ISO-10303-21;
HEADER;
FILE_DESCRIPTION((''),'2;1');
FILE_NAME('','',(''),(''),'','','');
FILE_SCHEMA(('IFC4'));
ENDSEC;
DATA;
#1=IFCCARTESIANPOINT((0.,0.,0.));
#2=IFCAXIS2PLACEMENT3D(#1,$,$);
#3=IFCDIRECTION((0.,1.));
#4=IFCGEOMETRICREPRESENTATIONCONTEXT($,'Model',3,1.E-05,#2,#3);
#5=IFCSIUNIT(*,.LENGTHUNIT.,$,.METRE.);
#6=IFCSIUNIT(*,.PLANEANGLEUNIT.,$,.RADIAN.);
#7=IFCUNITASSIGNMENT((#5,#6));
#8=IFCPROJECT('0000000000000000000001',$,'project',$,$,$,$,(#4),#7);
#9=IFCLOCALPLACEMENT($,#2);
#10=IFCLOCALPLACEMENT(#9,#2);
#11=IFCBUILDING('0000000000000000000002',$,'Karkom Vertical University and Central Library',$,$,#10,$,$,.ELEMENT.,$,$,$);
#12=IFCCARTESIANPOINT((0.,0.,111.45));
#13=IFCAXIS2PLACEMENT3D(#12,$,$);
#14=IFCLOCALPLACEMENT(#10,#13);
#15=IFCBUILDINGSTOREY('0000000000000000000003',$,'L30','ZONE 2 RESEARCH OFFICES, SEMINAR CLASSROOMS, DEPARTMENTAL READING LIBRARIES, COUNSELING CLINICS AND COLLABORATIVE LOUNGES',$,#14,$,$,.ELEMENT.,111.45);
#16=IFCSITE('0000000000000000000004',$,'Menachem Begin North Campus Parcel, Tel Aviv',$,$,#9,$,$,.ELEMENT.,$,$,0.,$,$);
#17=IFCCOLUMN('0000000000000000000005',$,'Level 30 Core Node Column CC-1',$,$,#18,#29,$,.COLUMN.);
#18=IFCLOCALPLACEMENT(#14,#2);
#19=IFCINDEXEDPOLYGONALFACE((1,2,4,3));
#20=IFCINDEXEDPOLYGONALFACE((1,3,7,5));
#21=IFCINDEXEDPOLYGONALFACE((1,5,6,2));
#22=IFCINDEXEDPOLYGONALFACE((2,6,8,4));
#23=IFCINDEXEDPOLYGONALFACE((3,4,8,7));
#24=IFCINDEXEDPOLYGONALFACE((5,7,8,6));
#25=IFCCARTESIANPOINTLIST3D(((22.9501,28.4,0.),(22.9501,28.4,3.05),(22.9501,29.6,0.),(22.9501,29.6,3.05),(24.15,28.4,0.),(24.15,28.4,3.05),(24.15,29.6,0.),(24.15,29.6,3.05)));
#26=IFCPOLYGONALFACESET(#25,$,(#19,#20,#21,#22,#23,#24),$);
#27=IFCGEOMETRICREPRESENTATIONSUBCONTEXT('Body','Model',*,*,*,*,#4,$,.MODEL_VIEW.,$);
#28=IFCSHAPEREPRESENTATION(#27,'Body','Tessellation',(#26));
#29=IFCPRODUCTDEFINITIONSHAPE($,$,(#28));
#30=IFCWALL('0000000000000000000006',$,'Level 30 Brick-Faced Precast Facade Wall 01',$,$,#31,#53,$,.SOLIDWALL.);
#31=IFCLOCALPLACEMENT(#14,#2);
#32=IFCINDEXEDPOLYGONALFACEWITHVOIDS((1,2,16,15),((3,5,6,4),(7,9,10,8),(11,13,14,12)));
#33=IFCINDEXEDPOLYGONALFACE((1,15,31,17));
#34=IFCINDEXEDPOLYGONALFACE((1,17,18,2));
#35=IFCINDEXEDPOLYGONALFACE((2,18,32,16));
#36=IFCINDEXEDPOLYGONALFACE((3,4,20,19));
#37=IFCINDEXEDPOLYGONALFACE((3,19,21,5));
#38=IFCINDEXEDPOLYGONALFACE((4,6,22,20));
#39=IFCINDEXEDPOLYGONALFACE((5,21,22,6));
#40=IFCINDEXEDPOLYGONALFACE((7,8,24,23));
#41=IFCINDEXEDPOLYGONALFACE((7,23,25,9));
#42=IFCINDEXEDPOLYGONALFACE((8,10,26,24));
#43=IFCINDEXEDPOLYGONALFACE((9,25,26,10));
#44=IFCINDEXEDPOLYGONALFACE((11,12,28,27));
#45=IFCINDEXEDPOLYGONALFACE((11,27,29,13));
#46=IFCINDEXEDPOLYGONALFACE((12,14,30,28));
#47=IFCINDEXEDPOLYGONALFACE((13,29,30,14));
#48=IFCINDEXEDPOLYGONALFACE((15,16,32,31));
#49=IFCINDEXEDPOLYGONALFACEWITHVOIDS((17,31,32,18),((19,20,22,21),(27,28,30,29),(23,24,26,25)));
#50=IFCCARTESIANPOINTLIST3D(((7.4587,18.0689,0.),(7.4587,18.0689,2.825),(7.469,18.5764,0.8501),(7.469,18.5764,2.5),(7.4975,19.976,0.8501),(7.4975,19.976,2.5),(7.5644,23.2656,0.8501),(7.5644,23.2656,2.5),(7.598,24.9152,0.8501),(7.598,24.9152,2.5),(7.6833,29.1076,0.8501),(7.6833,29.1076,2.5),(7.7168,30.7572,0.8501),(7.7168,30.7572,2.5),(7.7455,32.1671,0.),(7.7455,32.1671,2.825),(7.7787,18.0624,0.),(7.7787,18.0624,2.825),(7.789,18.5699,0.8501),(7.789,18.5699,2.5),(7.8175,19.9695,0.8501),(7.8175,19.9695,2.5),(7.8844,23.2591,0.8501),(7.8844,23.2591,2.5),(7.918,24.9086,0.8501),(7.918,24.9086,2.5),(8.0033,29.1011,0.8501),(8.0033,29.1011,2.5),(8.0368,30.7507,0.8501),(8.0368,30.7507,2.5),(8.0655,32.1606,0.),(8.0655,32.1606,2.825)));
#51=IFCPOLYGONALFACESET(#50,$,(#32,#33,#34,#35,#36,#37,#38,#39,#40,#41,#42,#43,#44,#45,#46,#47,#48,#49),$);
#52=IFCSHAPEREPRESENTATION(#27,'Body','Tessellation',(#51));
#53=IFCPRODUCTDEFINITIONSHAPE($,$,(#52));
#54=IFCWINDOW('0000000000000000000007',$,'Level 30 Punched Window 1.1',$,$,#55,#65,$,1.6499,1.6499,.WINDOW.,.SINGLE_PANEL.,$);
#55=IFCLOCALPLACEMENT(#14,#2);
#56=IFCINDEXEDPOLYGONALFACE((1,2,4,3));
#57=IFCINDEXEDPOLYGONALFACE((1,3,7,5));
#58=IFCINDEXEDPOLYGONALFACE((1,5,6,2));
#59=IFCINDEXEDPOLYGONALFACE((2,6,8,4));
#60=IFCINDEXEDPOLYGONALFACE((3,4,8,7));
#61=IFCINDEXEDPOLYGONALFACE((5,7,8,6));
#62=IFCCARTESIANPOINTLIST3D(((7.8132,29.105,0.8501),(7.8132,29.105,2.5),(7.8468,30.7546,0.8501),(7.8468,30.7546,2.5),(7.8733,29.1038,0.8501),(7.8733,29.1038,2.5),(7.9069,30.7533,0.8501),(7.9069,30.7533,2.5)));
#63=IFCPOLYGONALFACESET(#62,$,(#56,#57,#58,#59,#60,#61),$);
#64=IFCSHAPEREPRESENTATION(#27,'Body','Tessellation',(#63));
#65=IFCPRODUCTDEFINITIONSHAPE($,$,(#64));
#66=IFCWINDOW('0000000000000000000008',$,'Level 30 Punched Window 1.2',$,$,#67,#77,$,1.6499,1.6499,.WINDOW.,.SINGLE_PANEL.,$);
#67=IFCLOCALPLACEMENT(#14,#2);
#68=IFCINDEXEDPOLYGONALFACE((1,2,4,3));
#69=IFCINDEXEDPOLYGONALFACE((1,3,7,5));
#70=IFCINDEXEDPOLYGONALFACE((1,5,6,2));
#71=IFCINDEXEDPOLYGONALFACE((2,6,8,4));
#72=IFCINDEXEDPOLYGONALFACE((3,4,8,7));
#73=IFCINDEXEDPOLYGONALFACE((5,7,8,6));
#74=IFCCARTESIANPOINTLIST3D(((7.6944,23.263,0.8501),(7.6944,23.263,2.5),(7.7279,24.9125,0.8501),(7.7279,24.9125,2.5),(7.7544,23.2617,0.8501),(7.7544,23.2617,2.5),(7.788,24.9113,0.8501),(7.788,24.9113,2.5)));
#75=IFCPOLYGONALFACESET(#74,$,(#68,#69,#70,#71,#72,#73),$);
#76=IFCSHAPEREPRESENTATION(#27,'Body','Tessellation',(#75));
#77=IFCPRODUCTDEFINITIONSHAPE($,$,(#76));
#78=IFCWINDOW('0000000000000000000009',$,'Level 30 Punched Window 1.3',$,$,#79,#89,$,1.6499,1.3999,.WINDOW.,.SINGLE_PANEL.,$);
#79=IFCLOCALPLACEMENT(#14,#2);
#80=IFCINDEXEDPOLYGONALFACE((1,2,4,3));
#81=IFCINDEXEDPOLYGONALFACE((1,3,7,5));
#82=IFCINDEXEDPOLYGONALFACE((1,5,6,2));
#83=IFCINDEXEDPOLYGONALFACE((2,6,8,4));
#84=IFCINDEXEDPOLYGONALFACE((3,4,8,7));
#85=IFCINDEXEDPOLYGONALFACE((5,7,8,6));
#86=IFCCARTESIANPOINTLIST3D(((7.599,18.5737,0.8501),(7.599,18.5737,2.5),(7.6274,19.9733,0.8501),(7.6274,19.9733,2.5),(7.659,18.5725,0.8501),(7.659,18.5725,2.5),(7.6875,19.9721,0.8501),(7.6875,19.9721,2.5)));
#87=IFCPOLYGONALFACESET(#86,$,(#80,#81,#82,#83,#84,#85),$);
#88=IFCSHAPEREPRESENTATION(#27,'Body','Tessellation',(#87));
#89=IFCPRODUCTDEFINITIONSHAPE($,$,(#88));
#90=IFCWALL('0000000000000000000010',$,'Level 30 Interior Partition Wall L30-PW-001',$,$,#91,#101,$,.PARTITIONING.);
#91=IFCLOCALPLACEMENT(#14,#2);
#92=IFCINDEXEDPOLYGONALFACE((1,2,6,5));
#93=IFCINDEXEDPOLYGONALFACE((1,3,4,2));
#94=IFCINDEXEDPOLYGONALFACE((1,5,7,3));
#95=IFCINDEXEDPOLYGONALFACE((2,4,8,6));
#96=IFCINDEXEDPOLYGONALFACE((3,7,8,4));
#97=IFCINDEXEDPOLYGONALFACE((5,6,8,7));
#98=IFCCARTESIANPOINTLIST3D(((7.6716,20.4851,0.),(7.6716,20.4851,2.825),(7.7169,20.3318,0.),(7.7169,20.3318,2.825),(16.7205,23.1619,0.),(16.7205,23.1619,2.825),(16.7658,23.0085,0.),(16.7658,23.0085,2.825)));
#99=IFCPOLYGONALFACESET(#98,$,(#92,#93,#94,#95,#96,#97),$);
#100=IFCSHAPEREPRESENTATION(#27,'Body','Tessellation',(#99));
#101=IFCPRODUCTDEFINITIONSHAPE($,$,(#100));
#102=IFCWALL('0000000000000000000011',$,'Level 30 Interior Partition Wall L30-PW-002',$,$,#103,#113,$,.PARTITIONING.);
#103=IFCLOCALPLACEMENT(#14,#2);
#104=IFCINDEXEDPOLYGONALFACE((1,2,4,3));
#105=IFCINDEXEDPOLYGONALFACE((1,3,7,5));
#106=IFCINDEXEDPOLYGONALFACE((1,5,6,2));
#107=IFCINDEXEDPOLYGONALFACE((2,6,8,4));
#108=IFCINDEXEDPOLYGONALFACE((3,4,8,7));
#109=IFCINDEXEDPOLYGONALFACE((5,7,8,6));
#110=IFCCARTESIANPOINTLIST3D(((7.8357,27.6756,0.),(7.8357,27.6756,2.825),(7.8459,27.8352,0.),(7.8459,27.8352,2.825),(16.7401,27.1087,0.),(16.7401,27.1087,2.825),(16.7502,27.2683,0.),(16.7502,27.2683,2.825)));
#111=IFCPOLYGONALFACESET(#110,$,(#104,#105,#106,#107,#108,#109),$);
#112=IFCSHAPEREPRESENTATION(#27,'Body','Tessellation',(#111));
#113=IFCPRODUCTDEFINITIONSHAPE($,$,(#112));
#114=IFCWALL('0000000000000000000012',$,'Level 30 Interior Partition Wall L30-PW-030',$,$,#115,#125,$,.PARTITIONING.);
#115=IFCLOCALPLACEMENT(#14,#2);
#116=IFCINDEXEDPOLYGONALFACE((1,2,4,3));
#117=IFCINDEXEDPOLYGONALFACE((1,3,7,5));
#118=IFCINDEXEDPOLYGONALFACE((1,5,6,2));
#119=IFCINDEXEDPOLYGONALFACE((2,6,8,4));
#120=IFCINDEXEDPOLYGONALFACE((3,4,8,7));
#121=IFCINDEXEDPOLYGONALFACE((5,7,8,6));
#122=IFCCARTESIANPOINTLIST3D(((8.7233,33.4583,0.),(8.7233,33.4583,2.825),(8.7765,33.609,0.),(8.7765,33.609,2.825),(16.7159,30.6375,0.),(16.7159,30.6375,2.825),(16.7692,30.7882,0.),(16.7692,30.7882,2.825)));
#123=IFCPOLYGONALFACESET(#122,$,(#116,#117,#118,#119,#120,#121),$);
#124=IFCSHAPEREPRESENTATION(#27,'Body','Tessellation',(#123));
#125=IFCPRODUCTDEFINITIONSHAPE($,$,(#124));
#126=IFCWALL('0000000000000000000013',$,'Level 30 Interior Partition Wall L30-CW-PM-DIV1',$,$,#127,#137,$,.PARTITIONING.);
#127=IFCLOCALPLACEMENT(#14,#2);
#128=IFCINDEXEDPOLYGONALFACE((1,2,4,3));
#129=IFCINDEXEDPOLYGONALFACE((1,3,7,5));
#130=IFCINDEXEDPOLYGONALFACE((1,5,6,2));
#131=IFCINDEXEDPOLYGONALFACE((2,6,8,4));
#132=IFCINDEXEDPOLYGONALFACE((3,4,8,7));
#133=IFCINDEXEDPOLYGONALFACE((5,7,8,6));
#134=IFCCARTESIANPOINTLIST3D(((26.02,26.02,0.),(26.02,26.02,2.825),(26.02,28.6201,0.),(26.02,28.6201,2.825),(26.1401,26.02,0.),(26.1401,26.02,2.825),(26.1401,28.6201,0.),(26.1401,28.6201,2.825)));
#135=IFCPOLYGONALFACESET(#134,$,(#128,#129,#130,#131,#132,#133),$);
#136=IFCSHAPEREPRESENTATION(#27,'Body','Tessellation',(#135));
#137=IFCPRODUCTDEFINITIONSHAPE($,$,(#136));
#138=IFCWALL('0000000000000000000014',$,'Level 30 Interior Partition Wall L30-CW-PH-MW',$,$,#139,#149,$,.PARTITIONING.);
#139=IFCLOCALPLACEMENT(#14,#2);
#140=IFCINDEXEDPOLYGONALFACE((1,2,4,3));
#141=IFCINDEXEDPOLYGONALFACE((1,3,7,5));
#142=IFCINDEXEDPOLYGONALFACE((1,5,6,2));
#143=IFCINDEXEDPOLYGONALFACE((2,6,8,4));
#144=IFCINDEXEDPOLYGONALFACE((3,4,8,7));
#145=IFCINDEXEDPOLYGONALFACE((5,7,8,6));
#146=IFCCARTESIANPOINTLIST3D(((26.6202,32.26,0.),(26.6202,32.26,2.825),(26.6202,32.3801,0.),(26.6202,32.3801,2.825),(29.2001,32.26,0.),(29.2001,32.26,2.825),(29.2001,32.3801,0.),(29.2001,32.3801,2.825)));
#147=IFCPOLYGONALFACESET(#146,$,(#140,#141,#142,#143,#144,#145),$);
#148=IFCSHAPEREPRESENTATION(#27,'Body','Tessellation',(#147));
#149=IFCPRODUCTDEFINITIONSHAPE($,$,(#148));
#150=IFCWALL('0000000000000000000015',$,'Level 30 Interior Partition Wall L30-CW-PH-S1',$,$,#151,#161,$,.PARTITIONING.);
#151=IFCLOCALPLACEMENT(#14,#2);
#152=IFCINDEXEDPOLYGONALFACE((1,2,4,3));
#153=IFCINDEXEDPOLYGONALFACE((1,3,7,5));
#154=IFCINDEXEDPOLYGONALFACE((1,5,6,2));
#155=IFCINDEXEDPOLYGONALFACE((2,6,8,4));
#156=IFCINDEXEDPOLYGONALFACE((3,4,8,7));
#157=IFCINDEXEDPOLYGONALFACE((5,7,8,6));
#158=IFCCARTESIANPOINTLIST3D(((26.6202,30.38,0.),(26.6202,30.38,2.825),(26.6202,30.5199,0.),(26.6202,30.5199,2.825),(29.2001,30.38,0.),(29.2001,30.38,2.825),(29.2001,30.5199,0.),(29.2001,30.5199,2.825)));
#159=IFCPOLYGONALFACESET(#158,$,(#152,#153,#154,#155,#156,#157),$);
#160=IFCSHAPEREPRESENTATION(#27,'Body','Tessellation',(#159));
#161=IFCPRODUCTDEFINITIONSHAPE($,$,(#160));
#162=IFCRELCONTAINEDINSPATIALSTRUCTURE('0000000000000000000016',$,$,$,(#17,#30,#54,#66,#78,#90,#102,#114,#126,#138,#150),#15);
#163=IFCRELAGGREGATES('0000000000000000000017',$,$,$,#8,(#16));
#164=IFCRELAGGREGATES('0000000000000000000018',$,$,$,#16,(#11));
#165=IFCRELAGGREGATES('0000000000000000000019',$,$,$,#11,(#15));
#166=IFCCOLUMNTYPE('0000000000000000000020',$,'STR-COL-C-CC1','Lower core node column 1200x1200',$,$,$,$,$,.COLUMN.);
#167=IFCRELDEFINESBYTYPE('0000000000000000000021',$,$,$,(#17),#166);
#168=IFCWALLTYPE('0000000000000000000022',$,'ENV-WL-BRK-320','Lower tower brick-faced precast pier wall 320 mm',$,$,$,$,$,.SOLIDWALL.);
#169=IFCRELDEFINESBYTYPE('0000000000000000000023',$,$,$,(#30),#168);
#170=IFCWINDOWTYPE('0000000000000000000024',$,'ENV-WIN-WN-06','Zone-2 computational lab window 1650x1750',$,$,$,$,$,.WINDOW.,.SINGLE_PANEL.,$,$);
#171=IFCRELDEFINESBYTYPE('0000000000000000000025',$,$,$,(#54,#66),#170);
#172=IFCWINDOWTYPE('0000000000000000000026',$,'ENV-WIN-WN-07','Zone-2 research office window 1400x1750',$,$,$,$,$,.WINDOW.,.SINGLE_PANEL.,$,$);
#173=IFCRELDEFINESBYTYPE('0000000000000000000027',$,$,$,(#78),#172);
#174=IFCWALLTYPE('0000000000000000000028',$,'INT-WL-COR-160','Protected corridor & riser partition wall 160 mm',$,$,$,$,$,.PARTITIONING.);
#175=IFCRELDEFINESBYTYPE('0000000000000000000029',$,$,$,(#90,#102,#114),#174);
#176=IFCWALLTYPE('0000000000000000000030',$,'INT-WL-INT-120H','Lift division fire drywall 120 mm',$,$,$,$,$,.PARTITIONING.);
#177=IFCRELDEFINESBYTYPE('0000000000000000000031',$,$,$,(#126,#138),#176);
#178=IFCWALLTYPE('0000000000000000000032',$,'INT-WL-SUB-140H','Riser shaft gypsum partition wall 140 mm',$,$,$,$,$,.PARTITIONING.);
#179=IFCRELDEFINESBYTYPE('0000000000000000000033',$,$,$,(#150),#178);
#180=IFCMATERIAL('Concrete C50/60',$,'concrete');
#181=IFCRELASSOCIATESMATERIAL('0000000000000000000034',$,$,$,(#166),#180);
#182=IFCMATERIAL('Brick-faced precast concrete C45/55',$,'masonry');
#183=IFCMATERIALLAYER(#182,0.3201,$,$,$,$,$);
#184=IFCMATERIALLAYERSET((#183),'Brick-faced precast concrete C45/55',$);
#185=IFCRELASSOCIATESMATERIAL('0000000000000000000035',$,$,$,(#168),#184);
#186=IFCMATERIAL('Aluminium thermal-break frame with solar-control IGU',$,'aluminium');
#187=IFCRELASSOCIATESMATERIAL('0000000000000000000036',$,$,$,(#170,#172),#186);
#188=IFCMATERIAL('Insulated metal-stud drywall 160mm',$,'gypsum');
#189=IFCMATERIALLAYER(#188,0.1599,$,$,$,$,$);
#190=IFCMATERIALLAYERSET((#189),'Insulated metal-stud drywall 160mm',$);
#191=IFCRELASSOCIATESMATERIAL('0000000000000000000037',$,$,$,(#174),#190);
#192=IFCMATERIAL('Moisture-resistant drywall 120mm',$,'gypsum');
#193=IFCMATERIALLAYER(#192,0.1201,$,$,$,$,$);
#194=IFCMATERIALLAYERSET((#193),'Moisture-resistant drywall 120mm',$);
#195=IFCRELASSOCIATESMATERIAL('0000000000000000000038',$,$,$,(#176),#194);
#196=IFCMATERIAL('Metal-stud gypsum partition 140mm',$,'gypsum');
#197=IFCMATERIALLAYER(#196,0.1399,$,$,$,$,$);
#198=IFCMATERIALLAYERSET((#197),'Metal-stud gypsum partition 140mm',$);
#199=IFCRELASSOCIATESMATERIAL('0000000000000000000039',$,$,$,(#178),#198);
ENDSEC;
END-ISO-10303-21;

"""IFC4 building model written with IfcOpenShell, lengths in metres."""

from ifc_helpers import new_model, si_unit, direction, frame, frame_2d, origin, origin_with_axes, origin_2d, place, context, subcontext, project, spatial, rectangle, extrude, source, transform, mapped, material, layer, layer_set, material_profile, profile_set, type_object, element, fill, save


model = new_model("IFC4")

# Units and contexts
model_context = context("Model", 3, precision=1e-05, world=origin(), true_north=direction((0.0, 1.0)))
body_context = subcontext(model_context, "Body", "Model", "MODEL_VIEW")
ifc_project = project(units=[si_unit("LENGTHUNIT", "METRE"), si_unit("PLANEANGLEUNIT", "RADIAN")], contexts=[model_context])

# Site, building, storey
site_placement = place(None, origin())
site = spatial("IfcSite", under=ifc_project, at=site_placement, Name="Menachem Begin North Campus Parcel, Tel Aviv", CompositionType="ELEMENT", RefElevation=0.0)
building_placement = place(site_placement, origin())
building = spatial("IfcBuilding", under=site, at=building_placement, Name="Karkom Vertical University and Central Library", CompositionType="ELEMENT")
storey_placement = place(building_placement, frame((0.0, 0.0, 111.45)))
storey = spatial("IfcBuildingStorey", under=building, at=storey_placement, Name="L30", Description="ZONE 2 RESEARCH OFFICES, SEMINAR CLASSROOMS, DEPARTMENTAL READING LIBRARIES, COUNSELING CLINICS AND COLLABORATIVE LOUNGES", CompositionType="ELEMENT", Elevation=111.45)

# Column
ifc_material_1 = material(Name="Concrete C50/60", Category="concrete")
ifc_material_profile = material_profile(ifc_material_1, rectangle(XDim=1.2, YDim=1.2, at=origin_2d()), Name="RC-1200x1200")
ifc_profile_set = profile_set([ifc_material_profile], Name="Concrete C50/60")
column_type = type_object("IfcColumnType", Name="STR-COL-C-CC1", Description="Lower core node column 1200x1200", PredefinedType="COLUMN", material=ifc_profile_set)
shared_shape_1 = source(origin_with_axes(), body_context, "Body", "SweptSolid", [
    extrude(rectangle(XDim=1.2, YDim=1.2, at=origin_2d()), origin(), (0.0, 0.0, 1.0), 3.05),
])
column_placement = place(storey_placement, frame((23.55, 29.0, 0.0), z_axis=(0.0, 0.0, 1.0), x_axis=(1.0, 0.0, 0.0)))
element("IfcColumn", 1, at=column_placement, inside=storey, type_object=column_type, Name="Level 30 Core Node Column CC-1", PredefinedType="COLUMN", context=body_context, shape_type="MappedRepresentation", body=[
    mapped(shared_shape_1, transform((0.0, 0.0, 0.0), scale=1.0)),
])

# Wall, openings, windows
ifc_material_2 = material(Name="Brick-faced precast concrete C45/55", Category="masonry")
ifc_layer_1 = layer(ifc_material_2, 0.3201)
ifc_layer_set_1 = layer_set([ifc_layer_1], Name="Brick-faced precast concrete C45/55")
wall_type_1 = type_object("IfcWallType", Name="ENV-WL-BRK-320", Description="Lower tower brick-faced precast pier wall 320 mm", PredefinedType="SOLIDWALL", material=ifc_layer_set_1)
wall_1_placement = place(storey_placement, frame((7.9055, 32.1638, 0.0), z_axis=(0.0, 0.0, 1.0), x_axis=(-0.020344, -0.999793, 0.0)))
wall_1 = element("IfcWall", 2, at=wall_1_placement, inside=storey, type_object=wall_type_1, Name="Level 30 Brick-Faced Precast Facade Wall 01", PredefinedType="SOLIDWALL", context=body_context, shape_type="SweptSolid", body=[
    extrude(rectangle(XDim=14.1011, YDim=0.3201, at=frame_2d((7.0505, 0.0))), origin(), (0.0, 0.0, 1.0), 2.825),
])
opening_1_placement = place(wall_1_placement, frame((1.4102, 0.0, 0.8501)))
opening_1 = element("IfcOpeningElement", 3, at=opening_1_placement, cuts=wall_1, PredefinedType="OPENING", context=body_context, shape_type="SweptSolid", body=[
    extrude(rectangle(XDim=1.6499, YDim=1.6499, at=frame_2d((0.825, 0.825))), frame((0.0, 0.1699, 0.0), z_axis=(0.0, -1.0, 0.0), x_axis=(1.0, 0.0, 0.0)), (0.0, 0.0, 1.0), 0.3401),
])
opening_2_placement = place(wall_1_placement, frame((7.2534, 0.0, 0.8501)))
opening_2 = element("IfcOpeningElement", 4, at=opening_2_placement, cuts=wall_1, PredefinedType="OPENING", context=body_context, shape_type="SweptSolid", body=[
    extrude(rectangle(XDim=1.6499, YDim=1.6499, at=frame_2d((0.825, 0.825))), frame((0.0, 0.1699, 0.0), z_axis=(0.0, -1.0, 0.0), x_axis=(1.0, 0.0, 0.0)), (0.0, 0.0, 1.0), 0.3401),
])
opening_3_placement = place(wall_1_placement, frame((12.1936, 0.0, 0.8501)))
opening_3 = element("IfcOpeningElement", 5, at=opening_3_placement, cuts=wall_1, PredefinedType="OPENING", context=body_context, shape_type="SweptSolid", body=[
    extrude(rectangle(XDim=1.3999, YDim=1.6499, at=frame_2d((0.7, 0.825))), frame((0.0, 0.1699, 0.0), z_axis=(0.0, -1.0, 0.0), x_axis=(1.0, 0.0, 0.0)), (0.0, 0.0, 1.0), 0.3401),
])
ifc_material_3 = material(Name="Aluminium thermal-break frame with solar-control IGU", Category="aluminium")
window_type_1 = type_object("IfcWindowType", Name="ENV-WIN-WN-06", Description="Zone-2 computational lab window 1650x1750", PartitioningType="SINGLE_PANEL", PredefinedType="WINDOW", material=ifc_material_3)
shared_shape_2 = source(origin_with_axes(), body_context, "Body", "SweptSolid", [
    extrude(rectangle(XDim=1.6499, YDim=1.6499, at=frame_2d((0.825, 0.825))), frame((0.0, 0.03, 0.0), z_axis=(0.0, -1.0, 0.0), x_axis=(1.0, 0.0, 0.0)), (0.0, 0.0, 1.0), 0.0601),
])
window_1_placement = place(opening_1_placement, origin())
window_1 = element("IfcWindow", 6, at=window_1_placement, inside=storey, type_object=window_type_1, Name="Level 30 Punched Window 1.1", OverallHeight=1.6499, OverallWidth=1.6499, PartitioningType="SINGLE_PANEL", PredefinedType="WINDOW", context=body_context, shape_type="MappedRepresentation", body=[
    mapped(shared_shape_2, transform((0.0, 0.0, 0.0), scale=1.0)),
])
fill(opening_1, window_1)
window_2_placement = place(opening_2_placement, origin())
window_2 = element("IfcWindow", 7, at=window_2_placement, inside=storey, type_object=window_type_1, Name="Level 30 Punched Window 1.2", OverallHeight=1.6499, OverallWidth=1.6499, PartitioningType="SINGLE_PANEL", PredefinedType="WINDOW", context=body_context, shape_type="MappedRepresentation", body=[
    mapped(shared_shape_2, transform((0.0, 0.0, 0.0), scale=1.0)),
])
fill(opening_2, window_2)
window_type_2 = type_object("IfcWindowType", Name="ENV-WIN-WN-07", Description="Zone-2 research office window 1400x1750", PartitioningType="SINGLE_PANEL", PredefinedType="WINDOW", material=ifc_material_3)
shared_shape_3 = source(origin_with_axes(), body_context, "Body", "SweptSolid", [
    extrude(rectangle(XDim=1.3999, YDim=1.6499, at=frame_2d((0.7, 0.825))), frame((0.0, 0.03, 0.0), z_axis=(0.0, -1.0, 0.0), x_axis=(1.0, 0.0, 0.0)), (0.0, 0.0, 1.0), 0.0601),
])
window_3_placement = place(opening_3_placement, origin())
window_3 = element("IfcWindow", 8, at=window_3_placement, inside=storey, type_object=window_type_2, Name="Level 30 Punched Window 1.3", OverallHeight=1.6499, OverallWidth=1.3999, PartitioningType="SINGLE_PANEL", PredefinedType="WINDOW", context=body_context, shape_type="MappedRepresentation", body=[
    mapped(shared_shape_3, transform((0.0, 0.0, 0.0), scale=1.0)),
])
fill(opening_3, window_3)

# Walls
ifc_material_4 = material(Name="Insulated metal-stud drywall 160mm", Category="gypsum")
ifc_layer_2 = layer(ifc_material_4, 0.1599)
ifc_layer_set_2 = layer_set([ifc_layer_2], Name="Insulated metal-stud drywall 160mm")
wall_type_2 = type_object("IfcWallType", Name="INT-WL-COR-160", Description="Protected corridor & riser partition wall 160 mm", PredefinedType="PARTITIONING", material=ifc_layer_set_2)
wall_2_placement = place(storey_placement, frame((16.7432, 23.0852, 0.0), z_axis=(0.0, 0.0, 1.0), x_axis=(-0.958924, -0.283662, 0.0)))
element("IfcWall", 9, at=wall_2_placement, inside=storey, type_object=wall_type_2, Name="Level 30 Interior Partition Wall L30-PW-001", PredefinedType="PARTITIONING", context=body_context, shape_type="SweptSolid", body=[
    extrude(rectangle(XDim=9.4365, YDim=0.1599, at=frame_2d((4.7183, 0.0))), origin(), (0.0, 0.0, 1.0), 2.825),
])
wall_3_placement = place(storey_placement, frame((7.8408, 27.7554, 0.0), z_axis=(0.0, 0.0, 1.0), x_axis=(0.99798, -0.063537, 0.0)))
element("IfcWall", 10, at=wall_3_placement, inside=storey, type_object=wall_type_2, Name="Level 30 Interior Partition Wall L30-PW-002", PredefinedType="PARTITIONING", context=body_context, shape_type="SweptSolid", body=[
    extrude(rectangle(XDim=8.9224, YDim=0.1599, at=frame_2d((4.4612, 0.0))), origin(), (0.0, 0.0, 1.0), 2.825),
])
wall_4_placement = place(storey_placement, frame((16.7424, 30.7129, 0.0), z_axis=(0.0, 0.0, 1.0), x_axis=(-0.942996, 0.332805, 0.0)))
element("IfcWall", 11, at=wall_4_placement, inside=storey, type_object=wall_type_2, Name="Level 30 Interior Partition Wall L30-PW-030", PredefinedType="PARTITIONING", context=body_context, shape_type="SweptSolid", body=[
    extrude(rectangle(XDim=8.4758, YDim=0.1599, at=frame_2d((4.2378, 0.0))), origin(), (0.0, 0.0, 1.0), 2.825),
])
ifc_material_5 = material(Name="Moisture-resistant drywall 120mm", Category="gypsum")
ifc_layer_3 = layer(ifc_material_5, 0.1201)
ifc_layer_set_3 = layer_set([ifc_layer_3], Name="Moisture-resistant drywall 120mm")
wall_type_3 = type_object("IfcWallType", Name="INT-WL-INT-120H", Description="Lift division fire drywall 120 mm", PredefinedType="PARTITIONING", material=ifc_layer_set_3)
wall_5_placement = place(storey_placement, frame((26.0801, 26.02, 0.0), z_axis=(0.0, 0.0, 1.0), x_axis=(0.0, 1.0, 0.0)))
element("IfcWall", 12, at=wall_5_placement, inside=storey, type_object=wall_type_3, Name="Level 30 Interior Partition Wall L30-CW-PM-DIV1", PredefinedType="PARTITIONING", context=body_context, shape_type="SweptSolid", body=[
    extrude(rectangle(XDim=2.6001, YDim=0.1201, at=frame_2d((1.3, 0.0))), origin(), (0.0, 0.0, 1.0), 2.825),
])
wall_6_placement = place(storey_placement, frame((26.6201, 32.3201, 0.0), z_axis=(0.0, 0.0, 1.0), x_axis=(1.0, 0.0, 0.0)))
element("IfcWall", 13, at=wall_6_placement, inside=storey, type_object=wall_type_3, Name="Level 30 Interior Partition Wall L30-CW-PH-MW", PredefinedType="PARTITIONING", context=body_context, shape_type="SweptSolid", body=[
    extrude(rectangle(XDim=2.5798, YDim=0.1201, at=frame_2d((1.29, 0.0))), origin(), (0.0, 0.0, 1.0), 2.825),
])
ifc_material_6 = material(Name="Metal-stud gypsum partition 140mm", Category="gypsum")
ifc_layer_4 = layer(ifc_material_6, 0.1399)
ifc_layer_set_4 = layer_set([ifc_layer_4], Name="Metal-stud gypsum partition 140mm")
wall_type_4 = type_object("IfcWallType", Name="INT-WL-SUB-140H", Description="Riser shaft gypsum partition wall 140 mm", PredefinedType="PARTITIONING", material=ifc_layer_set_4)
wall_7_placement = place(storey_placement, frame((26.6201, 30.45, 0.0), z_axis=(0.0, 0.0, 1.0), x_axis=(1.0, 0.0, 0.0)))
element("IfcWall", 14, at=wall_7_placement, inside=storey, type_object=wall_type_4, Name="Level 30 Interior Partition Wall L30-CW-PH-S1", PredefinedType="PARTITIONING", context=body_context, shape_type="SweptSolid", body=[
    extrude(rectangle(XDim=2.5798, YDim=0.1399, at=frame_2d((1.29, 0.0))), origin(), (0.0, 0.0, 1.0), 2.825),
])

save(model, "model.ifc")
